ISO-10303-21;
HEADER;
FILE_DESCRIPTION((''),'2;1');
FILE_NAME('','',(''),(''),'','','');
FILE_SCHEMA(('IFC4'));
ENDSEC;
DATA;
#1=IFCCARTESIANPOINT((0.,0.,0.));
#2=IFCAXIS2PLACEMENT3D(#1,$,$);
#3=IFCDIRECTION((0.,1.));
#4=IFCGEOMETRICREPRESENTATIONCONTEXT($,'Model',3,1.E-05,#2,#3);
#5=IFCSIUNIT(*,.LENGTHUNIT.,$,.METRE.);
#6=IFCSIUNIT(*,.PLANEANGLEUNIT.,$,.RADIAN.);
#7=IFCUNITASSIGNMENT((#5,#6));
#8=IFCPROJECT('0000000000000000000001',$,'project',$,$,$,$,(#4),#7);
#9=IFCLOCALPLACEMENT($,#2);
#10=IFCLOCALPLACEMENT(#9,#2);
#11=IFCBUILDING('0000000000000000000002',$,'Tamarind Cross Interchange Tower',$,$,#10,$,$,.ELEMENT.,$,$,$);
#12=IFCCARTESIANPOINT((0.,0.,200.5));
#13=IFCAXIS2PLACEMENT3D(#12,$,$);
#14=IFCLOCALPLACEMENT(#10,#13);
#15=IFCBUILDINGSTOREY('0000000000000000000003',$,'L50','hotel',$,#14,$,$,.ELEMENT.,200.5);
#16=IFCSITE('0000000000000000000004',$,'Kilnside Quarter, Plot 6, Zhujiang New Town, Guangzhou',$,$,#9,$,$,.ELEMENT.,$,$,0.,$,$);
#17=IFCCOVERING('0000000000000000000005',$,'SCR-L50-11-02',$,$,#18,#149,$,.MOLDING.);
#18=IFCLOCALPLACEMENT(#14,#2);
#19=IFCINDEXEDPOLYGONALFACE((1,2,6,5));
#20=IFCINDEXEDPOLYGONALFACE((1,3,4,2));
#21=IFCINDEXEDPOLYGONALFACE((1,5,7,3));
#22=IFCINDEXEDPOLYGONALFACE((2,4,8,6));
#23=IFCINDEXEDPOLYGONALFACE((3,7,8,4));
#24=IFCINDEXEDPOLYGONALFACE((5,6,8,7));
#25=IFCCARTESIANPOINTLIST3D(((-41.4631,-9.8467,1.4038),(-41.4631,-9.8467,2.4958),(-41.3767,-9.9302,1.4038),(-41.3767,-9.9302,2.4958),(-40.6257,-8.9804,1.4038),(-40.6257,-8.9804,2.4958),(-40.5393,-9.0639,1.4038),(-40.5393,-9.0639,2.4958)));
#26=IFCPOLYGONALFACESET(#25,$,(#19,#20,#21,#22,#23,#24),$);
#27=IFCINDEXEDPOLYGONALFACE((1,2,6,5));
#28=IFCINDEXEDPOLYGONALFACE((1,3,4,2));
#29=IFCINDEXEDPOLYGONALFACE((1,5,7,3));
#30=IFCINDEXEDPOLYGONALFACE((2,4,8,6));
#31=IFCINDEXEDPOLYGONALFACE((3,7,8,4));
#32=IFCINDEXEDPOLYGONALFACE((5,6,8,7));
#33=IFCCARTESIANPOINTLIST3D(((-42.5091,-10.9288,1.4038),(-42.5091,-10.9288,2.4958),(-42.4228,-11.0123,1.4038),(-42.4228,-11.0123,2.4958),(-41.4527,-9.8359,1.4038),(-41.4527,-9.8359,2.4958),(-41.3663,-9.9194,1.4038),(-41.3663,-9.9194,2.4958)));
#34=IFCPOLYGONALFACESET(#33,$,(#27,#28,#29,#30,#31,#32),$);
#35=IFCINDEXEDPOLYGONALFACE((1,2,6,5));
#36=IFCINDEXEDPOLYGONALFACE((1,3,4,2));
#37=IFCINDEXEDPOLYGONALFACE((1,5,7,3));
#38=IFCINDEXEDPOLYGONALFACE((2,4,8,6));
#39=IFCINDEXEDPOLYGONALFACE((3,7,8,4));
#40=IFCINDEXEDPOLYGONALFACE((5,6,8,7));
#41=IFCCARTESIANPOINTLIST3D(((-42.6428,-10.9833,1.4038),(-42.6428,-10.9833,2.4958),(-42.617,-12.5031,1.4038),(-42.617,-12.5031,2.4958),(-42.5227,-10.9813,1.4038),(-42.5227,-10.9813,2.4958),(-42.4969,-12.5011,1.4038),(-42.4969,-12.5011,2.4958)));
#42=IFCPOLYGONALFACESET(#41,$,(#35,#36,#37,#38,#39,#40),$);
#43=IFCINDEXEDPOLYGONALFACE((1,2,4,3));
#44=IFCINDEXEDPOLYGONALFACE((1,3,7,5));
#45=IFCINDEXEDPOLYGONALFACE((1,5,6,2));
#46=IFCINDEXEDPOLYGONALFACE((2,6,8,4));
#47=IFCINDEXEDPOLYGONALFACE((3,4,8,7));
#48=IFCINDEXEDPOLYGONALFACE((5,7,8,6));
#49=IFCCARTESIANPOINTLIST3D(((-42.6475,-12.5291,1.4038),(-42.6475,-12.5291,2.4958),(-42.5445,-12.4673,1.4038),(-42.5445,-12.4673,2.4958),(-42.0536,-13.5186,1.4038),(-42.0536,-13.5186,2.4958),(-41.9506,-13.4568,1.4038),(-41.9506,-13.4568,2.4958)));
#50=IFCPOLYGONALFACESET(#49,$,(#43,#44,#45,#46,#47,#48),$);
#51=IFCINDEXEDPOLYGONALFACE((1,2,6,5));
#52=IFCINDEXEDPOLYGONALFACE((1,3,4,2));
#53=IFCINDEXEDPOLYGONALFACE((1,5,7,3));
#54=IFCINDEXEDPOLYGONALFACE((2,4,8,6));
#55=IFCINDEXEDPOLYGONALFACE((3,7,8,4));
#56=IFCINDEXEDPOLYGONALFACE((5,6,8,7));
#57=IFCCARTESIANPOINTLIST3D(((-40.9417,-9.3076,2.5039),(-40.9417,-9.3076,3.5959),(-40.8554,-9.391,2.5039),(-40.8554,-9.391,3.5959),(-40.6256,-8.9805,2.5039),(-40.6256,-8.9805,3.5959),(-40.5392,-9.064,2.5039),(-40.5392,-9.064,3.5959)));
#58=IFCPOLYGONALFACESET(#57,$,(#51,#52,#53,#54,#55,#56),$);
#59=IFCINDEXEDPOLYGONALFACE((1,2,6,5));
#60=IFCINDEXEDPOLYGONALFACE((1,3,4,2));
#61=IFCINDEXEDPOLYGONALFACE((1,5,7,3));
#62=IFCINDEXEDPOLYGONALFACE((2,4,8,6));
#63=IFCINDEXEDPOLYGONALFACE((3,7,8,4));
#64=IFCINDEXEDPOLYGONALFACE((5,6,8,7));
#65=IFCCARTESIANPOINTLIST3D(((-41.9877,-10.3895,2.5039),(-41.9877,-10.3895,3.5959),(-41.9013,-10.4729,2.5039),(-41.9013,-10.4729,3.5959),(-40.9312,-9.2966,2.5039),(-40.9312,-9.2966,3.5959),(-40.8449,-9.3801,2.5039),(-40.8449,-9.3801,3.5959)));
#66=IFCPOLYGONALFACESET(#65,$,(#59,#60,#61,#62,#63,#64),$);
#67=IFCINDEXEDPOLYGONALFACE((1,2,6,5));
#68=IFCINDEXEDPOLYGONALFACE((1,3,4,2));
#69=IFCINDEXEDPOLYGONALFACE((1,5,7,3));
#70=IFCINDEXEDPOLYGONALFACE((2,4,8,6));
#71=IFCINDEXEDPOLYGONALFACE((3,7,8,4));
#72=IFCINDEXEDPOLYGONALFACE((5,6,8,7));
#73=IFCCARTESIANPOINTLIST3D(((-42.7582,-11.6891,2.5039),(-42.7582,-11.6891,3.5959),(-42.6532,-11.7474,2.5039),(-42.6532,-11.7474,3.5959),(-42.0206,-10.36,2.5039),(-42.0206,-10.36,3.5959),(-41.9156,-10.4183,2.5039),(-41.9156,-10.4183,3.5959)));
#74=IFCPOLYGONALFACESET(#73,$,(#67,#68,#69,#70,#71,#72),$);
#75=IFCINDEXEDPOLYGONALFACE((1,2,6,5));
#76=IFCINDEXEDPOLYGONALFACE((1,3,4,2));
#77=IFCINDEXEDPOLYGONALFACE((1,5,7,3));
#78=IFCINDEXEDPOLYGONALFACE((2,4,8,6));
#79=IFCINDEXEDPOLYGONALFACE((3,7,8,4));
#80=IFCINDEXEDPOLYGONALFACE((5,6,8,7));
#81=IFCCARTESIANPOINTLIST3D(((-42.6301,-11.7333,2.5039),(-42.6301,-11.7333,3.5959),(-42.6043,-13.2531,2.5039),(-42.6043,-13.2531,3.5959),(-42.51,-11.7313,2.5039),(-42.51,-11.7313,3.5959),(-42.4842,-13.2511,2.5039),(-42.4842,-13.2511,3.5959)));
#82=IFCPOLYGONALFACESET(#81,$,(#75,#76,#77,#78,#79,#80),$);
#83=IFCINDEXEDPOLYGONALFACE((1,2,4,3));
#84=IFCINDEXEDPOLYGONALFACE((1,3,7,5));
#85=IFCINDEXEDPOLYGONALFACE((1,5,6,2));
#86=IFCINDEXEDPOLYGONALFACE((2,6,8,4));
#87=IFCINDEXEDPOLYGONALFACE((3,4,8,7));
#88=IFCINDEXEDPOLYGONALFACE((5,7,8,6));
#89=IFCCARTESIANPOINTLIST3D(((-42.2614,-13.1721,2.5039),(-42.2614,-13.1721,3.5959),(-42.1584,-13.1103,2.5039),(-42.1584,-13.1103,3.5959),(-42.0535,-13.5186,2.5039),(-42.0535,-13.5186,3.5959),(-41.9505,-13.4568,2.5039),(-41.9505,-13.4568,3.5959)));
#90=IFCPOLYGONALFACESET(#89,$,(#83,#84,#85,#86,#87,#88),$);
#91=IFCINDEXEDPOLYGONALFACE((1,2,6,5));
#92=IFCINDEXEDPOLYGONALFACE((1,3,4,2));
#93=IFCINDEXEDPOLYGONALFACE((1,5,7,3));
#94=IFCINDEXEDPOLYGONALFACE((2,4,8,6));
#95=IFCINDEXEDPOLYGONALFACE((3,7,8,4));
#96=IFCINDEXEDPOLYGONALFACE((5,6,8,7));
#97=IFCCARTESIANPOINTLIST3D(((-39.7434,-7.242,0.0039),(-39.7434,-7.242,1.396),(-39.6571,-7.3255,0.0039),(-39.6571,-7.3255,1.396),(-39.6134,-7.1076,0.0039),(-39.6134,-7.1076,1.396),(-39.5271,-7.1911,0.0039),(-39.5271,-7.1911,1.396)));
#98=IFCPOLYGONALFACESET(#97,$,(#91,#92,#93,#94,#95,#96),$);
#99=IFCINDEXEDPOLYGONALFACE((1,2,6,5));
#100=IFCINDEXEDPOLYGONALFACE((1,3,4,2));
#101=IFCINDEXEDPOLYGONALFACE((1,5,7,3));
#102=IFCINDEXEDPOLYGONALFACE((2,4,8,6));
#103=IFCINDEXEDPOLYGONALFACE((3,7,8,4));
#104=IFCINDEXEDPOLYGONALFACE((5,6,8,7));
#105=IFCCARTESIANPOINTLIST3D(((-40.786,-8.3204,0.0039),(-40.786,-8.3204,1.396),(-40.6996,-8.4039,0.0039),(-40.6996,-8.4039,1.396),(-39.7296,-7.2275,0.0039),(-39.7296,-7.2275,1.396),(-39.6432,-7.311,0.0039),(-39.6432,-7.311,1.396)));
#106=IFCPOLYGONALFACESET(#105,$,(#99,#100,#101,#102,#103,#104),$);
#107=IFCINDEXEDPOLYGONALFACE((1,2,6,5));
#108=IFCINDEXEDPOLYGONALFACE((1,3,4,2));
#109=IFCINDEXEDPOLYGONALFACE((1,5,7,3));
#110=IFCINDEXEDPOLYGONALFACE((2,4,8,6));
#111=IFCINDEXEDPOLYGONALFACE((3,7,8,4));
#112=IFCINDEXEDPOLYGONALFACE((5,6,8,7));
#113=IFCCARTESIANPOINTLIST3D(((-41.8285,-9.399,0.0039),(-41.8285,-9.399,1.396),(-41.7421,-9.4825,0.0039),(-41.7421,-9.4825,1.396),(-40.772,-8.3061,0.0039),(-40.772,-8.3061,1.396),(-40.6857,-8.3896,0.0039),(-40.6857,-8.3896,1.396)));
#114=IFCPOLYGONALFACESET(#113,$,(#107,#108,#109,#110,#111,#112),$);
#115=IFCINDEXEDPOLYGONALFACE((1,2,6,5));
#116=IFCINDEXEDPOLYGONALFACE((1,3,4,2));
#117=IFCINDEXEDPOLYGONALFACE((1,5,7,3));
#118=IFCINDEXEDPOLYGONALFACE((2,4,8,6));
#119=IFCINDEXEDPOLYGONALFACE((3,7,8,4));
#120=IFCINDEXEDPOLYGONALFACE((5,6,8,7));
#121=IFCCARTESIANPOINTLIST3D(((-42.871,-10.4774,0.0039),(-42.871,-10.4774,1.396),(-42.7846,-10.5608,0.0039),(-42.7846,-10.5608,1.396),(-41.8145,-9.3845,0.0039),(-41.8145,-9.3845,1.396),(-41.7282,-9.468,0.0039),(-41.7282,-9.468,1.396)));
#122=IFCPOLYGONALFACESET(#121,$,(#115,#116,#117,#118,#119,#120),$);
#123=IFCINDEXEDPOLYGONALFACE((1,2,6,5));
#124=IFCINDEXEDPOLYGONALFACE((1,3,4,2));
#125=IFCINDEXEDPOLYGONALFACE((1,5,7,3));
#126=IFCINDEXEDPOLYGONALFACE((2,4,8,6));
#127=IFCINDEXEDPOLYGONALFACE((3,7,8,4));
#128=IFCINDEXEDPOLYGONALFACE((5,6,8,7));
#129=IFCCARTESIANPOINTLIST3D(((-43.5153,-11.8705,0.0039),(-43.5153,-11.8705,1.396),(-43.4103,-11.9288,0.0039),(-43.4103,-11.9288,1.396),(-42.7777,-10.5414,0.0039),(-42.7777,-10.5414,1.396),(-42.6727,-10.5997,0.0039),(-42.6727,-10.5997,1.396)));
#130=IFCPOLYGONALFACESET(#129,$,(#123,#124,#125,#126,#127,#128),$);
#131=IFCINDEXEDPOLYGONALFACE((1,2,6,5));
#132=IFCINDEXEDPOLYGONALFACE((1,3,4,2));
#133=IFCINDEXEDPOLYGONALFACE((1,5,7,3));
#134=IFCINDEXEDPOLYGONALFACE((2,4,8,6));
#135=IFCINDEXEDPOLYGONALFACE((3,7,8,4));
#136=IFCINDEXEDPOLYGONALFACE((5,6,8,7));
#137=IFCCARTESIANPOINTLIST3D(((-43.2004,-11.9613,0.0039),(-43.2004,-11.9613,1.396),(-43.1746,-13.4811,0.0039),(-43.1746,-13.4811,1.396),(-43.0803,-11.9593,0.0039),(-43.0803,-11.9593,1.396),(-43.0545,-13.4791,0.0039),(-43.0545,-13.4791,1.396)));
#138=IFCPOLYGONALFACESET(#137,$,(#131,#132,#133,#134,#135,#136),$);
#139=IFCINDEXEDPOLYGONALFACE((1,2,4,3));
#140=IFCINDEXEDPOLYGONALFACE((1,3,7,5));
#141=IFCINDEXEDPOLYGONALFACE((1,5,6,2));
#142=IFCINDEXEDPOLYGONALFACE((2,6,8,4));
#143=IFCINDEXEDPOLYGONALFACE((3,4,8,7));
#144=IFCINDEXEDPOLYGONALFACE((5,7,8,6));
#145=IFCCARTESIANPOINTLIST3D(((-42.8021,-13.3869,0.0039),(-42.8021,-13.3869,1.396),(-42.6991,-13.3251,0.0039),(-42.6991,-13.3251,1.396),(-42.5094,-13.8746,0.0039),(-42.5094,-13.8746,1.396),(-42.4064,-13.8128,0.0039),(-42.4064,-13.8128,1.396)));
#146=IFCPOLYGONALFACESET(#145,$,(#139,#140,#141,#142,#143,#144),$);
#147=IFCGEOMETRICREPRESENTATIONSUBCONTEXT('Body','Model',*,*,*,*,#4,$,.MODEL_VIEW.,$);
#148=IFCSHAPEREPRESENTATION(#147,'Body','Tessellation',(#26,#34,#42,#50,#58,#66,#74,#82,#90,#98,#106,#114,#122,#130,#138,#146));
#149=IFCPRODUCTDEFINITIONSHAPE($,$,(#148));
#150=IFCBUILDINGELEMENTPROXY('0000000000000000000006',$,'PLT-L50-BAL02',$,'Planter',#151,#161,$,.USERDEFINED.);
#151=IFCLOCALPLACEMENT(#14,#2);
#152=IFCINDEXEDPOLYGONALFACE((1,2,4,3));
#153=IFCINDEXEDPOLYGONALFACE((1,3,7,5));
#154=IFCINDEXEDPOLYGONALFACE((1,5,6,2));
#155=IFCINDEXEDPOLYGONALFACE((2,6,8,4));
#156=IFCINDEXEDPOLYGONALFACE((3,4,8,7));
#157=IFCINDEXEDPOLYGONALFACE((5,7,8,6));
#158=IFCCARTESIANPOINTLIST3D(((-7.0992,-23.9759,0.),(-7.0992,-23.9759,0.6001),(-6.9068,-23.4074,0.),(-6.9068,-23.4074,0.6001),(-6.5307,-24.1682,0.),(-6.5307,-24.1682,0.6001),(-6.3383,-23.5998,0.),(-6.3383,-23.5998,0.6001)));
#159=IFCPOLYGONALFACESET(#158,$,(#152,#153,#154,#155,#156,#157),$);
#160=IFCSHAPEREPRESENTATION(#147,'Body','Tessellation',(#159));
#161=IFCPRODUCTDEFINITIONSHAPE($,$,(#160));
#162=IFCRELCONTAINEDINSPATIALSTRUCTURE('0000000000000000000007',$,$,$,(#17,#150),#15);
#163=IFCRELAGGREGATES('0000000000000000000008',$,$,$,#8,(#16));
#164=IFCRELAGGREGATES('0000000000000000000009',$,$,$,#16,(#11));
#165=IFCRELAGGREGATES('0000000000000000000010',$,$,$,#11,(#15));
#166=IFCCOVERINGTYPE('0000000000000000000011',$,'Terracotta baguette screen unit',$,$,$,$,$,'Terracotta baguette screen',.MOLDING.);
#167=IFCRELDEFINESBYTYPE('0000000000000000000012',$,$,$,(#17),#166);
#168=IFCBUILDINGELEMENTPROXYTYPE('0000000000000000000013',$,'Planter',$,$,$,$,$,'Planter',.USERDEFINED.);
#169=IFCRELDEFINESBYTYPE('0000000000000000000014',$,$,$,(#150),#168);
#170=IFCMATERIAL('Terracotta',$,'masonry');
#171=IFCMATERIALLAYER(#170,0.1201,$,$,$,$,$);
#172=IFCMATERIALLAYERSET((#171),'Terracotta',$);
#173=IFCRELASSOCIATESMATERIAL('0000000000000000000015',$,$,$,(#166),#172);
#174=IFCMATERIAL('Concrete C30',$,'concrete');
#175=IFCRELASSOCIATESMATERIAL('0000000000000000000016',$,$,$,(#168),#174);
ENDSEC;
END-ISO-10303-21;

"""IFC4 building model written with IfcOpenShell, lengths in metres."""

from ifc_helpers import new_model, si_unit, direction, frame, origin, origin_2d, place, context, subcontext, project, spatial, rectangle, extrude, material, layer, layer_set, type_object, element, save


model = new_model("IFC4")

# Units and contexts
model_context = context("Model", 3, precision=1e-05, world=origin(), true_north=direction((0.0, 1.0)))
body_context = subcontext(model_context, "Body", "Model", "MODEL_VIEW")
ifc_project = project(units=[si_unit("LENGTHUNIT", "METRE"), si_unit("PLANEANGLEUNIT", "RADIAN")], contexts=[model_context])

# Site, building, storey
site_placement = place(None, origin())
site = spatial("IfcSite", under=ifc_project, at=site_placement, Name="Kilnside Quarter, Plot 6, Zhujiang New Town, Guangzhou", CompositionType="ELEMENT", RefElevation=0.0)
building_placement = place(site_placement, origin())
building = spatial("IfcBuilding", under=site, at=building_placement, Name="Tamarind Cross Interchange Tower", CompositionType="ELEMENT")
storey_placement = place(building_placement, frame((0.0, 0.0, 200.5)))
storey = spatial("IfcBuildingStorey", under=building, at=storey_placement, Name="L50", Description="hotel", CompositionType="ELEMENT", Elevation=200.5)

# Covering
ifc_material_1 = material(Name="Terracotta", Category="masonry")
ifc_layer_1 = layer(ifc_material_1, 0.1201)
ifc_layer_set_1 = layer_set([ifc_layer_1], Name="Terracotta")
covering_type = type_object("IfcCoveringType", Name="Terracotta baguette screen unit", ElementType="Terracotta baguette screen", PredefinedType="MOLDING", material=ifc_layer_set_1)
covering_1_placement = place(storey_placement, origin())
element("IfcCovering", 1, at=covering_1_placement, inside=storey, type_object=covering_type, Name="SCR-L50-11-02", PredefinedType="MOLDING", context=body_context, shape_type="SweptSolid", body=[
    extrude(rectangle(XDim=1.2048, YDim=0.1201, at=origin_2d()), frame((-41.0012, -9.4553, 1.4038), z_axis=(0.0, 0.0, 1.0), x_axis=(-0.69502, -0.718991, 0.0)), (0.0, 0.0, 1.0), 1.092),
    extrude(rectangle(XDim=1.52, YDim=0.1201, at=origin_2d()), frame((-41.9377, -10.4241, 1.4038), z_axis=(0.0, 0.0, 1.0), x_axis=(-0.69502, -0.718991, 0.0)), (0.0, 0.0, 1.0), 1.092),
    extrude(rectangle(XDim=1.52, YDim=0.1201, at=origin_2d()), frame((-42.5698, -11.7422, 1.4038), z_axis=(0.0, 0.0, 1.0), x_axis=(0.01695, -0.999856, 0.0)), (0.0, 0.0, 1.0), 1.092),
    extrude(rectangle(XDim=1.1541, YDim=0.1201, at=origin_2d()), frame((-42.2991, -12.9929, 1.4038), z_axis=(0.0, 0.0, 1.0), x_axis=(0.514607, -0.857426, 0.0)), (0.0, 0.0, 1.0), 1.092),
    extrude(rectangle(XDim=0.4548, YDim=0.1201, at=origin_2d()), frame((-40.7405, -9.1858, 2.5039), z_axis=(0.0, 0.0, 1.0), x_axis=(-0.69502, -0.718991, 0.0)), (0.0, 0.0, 1.0), 1.092),
    extrude(rectangle(XDim=1.52, YDim=0.1201, at=origin_2d()), frame((-41.4163, -9.8848, 2.5039), z_axis=(0.0, 0.0, 1.0), x_axis=(-0.69502, -0.718991, 0.0)), (0.0, 0.0, 1.0), 1.092),
    extrude(rectangle(XDim=1.52, YDim=0.1201, at=origin_2d()), frame((-42.3369, -11.0537, 2.5039), z_axis=(0.0, 0.0, 1.0), x_axis=(-0.485249, -0.874376, 0.0)), (0.0, 0.0, 1.0), 1.092),
    extrude(rectangle(XDim=1.52, YDim=0.1201, at=origin_2d()), frame((-42.5571, -12.4922, 2.5039), z_axis=(0.0, 0.0, 1.0), x_axis=(0.01695, -0.999856, 0.0)), (0.0, 0.0, 1.0), 1.092),
    extrude(rectangle(XDim=0.4041, YDim=0.1201, at=origin_2d()), frame((-42.106, -13.3145, 2.5039), z_axis=(0.0, 0.0, 1.0), x_axis=(0.514607, -0.857426, 0.0)), (0.0, 0.0, 1.0), 1.092),
    extrude(rectangle(XDim=0.187, YDim=0.1201, at=origin_2d()), frame((-39.6353, -7.2166, 0.0039), z_axis=(0.0, 0.0, 1.0), x_axis=(-0.69502, -0.718991, 0.0)), (0.0, 0.0, 1.0), 1.3921),
    extrude(rectangle(XDim=1.52, YDim=0.1201, at=origin_2d()), frame((-40.2146, -7.8157, 0.0039), z_axis=(0.0, 0.0, 1.0), x_axis=(-0.69502, -0.718991, 0.0)), (0.0, 0.0, 1.0), 1.3921),
    extrude(rectangle(XDim=1.52, YDim=0.1201, at=origin_2d()), frame((-41.2571, -8.8943, 0.0039), z_axis=(0.0, 0.0, 1.0), x_axis=(-0.69502, -0.718991, 0.0)), (0.0, 0.0, 1.0), 1.3921),
    extrude(rectangle(XDim=1.52, YDim=0.1201, at=origin_2d()), frame((-42.2996, -9.9727, 0.0039), z_axis=(0.0, 0.0, 1.0), x_axis=(-0.69502, -0.718991, 0.0)), (0.0, 0.0, 1.0), 1.3921),
    extrude(rectangle(XDim=1.52, YDim=0.1201, at=origin_2d()), frame((-43.094, -11.2351, 0.0039), z_axis=(0.0, 0.0, 1.0), x_axis=(-0.485249, -0.874376, 0.0)), (0.0, 0.0, 1.0), 1.3921),
    extrude(rectangle(XDim=1.52, YDim=0.1201, at=origin_2d()), frame((-43.1274, -12.7202, 0.0039), z_axis=(0.0, 0.0, 1.0), x_axis=(0.01695, -0.999856, 0.0)), (0.0, 0.0, 1.0), 1.3921),
    extrude(rectangle(XDim=0.5688, YDim=0.1201, at=origin_2d()), frame((-42.6042, -13.5999, 0.0039), z_axis=(0.0, 0.0, 1.0), x_axis=(0.514607, -0.857426, 0.0)), (0.0, 0.0, 1.0), 1.3921),
])

# Building element proxy
ifc_material_2 = material(Name="Concrete C30", Category="concrete")
building_element_proxy_type = type_object("IfcBuildingElementProxyType", Name="Planter", ElementType="Planter", PredefinedType="USERDEFINED", material=ifc_material_2)
proxy_placement = place(storey_placement, origin())
element("IfcBuildingElementProxy", 2, at=proxy_placement, inside=storey, type_object=building_element_proxy_type, Name="PLT-L50-BAL02", ObjectType="Planter", PredefinedType="USERDEFINED", context=body_context, shape_type="SweptSolid", body=[
    extrude(rectangle(XDim=0.6001, YDim=0.6001, at=origin_2d()), frame((-6.7188, -23.7878, 0.0), z_axis=(0.0, 0.0, 1.0), x_axis=(0.947219, -0.320589, 0.0)), (0.0, 0.0, 1.0), 0.6001),
])

save(model, "model.ifc")
